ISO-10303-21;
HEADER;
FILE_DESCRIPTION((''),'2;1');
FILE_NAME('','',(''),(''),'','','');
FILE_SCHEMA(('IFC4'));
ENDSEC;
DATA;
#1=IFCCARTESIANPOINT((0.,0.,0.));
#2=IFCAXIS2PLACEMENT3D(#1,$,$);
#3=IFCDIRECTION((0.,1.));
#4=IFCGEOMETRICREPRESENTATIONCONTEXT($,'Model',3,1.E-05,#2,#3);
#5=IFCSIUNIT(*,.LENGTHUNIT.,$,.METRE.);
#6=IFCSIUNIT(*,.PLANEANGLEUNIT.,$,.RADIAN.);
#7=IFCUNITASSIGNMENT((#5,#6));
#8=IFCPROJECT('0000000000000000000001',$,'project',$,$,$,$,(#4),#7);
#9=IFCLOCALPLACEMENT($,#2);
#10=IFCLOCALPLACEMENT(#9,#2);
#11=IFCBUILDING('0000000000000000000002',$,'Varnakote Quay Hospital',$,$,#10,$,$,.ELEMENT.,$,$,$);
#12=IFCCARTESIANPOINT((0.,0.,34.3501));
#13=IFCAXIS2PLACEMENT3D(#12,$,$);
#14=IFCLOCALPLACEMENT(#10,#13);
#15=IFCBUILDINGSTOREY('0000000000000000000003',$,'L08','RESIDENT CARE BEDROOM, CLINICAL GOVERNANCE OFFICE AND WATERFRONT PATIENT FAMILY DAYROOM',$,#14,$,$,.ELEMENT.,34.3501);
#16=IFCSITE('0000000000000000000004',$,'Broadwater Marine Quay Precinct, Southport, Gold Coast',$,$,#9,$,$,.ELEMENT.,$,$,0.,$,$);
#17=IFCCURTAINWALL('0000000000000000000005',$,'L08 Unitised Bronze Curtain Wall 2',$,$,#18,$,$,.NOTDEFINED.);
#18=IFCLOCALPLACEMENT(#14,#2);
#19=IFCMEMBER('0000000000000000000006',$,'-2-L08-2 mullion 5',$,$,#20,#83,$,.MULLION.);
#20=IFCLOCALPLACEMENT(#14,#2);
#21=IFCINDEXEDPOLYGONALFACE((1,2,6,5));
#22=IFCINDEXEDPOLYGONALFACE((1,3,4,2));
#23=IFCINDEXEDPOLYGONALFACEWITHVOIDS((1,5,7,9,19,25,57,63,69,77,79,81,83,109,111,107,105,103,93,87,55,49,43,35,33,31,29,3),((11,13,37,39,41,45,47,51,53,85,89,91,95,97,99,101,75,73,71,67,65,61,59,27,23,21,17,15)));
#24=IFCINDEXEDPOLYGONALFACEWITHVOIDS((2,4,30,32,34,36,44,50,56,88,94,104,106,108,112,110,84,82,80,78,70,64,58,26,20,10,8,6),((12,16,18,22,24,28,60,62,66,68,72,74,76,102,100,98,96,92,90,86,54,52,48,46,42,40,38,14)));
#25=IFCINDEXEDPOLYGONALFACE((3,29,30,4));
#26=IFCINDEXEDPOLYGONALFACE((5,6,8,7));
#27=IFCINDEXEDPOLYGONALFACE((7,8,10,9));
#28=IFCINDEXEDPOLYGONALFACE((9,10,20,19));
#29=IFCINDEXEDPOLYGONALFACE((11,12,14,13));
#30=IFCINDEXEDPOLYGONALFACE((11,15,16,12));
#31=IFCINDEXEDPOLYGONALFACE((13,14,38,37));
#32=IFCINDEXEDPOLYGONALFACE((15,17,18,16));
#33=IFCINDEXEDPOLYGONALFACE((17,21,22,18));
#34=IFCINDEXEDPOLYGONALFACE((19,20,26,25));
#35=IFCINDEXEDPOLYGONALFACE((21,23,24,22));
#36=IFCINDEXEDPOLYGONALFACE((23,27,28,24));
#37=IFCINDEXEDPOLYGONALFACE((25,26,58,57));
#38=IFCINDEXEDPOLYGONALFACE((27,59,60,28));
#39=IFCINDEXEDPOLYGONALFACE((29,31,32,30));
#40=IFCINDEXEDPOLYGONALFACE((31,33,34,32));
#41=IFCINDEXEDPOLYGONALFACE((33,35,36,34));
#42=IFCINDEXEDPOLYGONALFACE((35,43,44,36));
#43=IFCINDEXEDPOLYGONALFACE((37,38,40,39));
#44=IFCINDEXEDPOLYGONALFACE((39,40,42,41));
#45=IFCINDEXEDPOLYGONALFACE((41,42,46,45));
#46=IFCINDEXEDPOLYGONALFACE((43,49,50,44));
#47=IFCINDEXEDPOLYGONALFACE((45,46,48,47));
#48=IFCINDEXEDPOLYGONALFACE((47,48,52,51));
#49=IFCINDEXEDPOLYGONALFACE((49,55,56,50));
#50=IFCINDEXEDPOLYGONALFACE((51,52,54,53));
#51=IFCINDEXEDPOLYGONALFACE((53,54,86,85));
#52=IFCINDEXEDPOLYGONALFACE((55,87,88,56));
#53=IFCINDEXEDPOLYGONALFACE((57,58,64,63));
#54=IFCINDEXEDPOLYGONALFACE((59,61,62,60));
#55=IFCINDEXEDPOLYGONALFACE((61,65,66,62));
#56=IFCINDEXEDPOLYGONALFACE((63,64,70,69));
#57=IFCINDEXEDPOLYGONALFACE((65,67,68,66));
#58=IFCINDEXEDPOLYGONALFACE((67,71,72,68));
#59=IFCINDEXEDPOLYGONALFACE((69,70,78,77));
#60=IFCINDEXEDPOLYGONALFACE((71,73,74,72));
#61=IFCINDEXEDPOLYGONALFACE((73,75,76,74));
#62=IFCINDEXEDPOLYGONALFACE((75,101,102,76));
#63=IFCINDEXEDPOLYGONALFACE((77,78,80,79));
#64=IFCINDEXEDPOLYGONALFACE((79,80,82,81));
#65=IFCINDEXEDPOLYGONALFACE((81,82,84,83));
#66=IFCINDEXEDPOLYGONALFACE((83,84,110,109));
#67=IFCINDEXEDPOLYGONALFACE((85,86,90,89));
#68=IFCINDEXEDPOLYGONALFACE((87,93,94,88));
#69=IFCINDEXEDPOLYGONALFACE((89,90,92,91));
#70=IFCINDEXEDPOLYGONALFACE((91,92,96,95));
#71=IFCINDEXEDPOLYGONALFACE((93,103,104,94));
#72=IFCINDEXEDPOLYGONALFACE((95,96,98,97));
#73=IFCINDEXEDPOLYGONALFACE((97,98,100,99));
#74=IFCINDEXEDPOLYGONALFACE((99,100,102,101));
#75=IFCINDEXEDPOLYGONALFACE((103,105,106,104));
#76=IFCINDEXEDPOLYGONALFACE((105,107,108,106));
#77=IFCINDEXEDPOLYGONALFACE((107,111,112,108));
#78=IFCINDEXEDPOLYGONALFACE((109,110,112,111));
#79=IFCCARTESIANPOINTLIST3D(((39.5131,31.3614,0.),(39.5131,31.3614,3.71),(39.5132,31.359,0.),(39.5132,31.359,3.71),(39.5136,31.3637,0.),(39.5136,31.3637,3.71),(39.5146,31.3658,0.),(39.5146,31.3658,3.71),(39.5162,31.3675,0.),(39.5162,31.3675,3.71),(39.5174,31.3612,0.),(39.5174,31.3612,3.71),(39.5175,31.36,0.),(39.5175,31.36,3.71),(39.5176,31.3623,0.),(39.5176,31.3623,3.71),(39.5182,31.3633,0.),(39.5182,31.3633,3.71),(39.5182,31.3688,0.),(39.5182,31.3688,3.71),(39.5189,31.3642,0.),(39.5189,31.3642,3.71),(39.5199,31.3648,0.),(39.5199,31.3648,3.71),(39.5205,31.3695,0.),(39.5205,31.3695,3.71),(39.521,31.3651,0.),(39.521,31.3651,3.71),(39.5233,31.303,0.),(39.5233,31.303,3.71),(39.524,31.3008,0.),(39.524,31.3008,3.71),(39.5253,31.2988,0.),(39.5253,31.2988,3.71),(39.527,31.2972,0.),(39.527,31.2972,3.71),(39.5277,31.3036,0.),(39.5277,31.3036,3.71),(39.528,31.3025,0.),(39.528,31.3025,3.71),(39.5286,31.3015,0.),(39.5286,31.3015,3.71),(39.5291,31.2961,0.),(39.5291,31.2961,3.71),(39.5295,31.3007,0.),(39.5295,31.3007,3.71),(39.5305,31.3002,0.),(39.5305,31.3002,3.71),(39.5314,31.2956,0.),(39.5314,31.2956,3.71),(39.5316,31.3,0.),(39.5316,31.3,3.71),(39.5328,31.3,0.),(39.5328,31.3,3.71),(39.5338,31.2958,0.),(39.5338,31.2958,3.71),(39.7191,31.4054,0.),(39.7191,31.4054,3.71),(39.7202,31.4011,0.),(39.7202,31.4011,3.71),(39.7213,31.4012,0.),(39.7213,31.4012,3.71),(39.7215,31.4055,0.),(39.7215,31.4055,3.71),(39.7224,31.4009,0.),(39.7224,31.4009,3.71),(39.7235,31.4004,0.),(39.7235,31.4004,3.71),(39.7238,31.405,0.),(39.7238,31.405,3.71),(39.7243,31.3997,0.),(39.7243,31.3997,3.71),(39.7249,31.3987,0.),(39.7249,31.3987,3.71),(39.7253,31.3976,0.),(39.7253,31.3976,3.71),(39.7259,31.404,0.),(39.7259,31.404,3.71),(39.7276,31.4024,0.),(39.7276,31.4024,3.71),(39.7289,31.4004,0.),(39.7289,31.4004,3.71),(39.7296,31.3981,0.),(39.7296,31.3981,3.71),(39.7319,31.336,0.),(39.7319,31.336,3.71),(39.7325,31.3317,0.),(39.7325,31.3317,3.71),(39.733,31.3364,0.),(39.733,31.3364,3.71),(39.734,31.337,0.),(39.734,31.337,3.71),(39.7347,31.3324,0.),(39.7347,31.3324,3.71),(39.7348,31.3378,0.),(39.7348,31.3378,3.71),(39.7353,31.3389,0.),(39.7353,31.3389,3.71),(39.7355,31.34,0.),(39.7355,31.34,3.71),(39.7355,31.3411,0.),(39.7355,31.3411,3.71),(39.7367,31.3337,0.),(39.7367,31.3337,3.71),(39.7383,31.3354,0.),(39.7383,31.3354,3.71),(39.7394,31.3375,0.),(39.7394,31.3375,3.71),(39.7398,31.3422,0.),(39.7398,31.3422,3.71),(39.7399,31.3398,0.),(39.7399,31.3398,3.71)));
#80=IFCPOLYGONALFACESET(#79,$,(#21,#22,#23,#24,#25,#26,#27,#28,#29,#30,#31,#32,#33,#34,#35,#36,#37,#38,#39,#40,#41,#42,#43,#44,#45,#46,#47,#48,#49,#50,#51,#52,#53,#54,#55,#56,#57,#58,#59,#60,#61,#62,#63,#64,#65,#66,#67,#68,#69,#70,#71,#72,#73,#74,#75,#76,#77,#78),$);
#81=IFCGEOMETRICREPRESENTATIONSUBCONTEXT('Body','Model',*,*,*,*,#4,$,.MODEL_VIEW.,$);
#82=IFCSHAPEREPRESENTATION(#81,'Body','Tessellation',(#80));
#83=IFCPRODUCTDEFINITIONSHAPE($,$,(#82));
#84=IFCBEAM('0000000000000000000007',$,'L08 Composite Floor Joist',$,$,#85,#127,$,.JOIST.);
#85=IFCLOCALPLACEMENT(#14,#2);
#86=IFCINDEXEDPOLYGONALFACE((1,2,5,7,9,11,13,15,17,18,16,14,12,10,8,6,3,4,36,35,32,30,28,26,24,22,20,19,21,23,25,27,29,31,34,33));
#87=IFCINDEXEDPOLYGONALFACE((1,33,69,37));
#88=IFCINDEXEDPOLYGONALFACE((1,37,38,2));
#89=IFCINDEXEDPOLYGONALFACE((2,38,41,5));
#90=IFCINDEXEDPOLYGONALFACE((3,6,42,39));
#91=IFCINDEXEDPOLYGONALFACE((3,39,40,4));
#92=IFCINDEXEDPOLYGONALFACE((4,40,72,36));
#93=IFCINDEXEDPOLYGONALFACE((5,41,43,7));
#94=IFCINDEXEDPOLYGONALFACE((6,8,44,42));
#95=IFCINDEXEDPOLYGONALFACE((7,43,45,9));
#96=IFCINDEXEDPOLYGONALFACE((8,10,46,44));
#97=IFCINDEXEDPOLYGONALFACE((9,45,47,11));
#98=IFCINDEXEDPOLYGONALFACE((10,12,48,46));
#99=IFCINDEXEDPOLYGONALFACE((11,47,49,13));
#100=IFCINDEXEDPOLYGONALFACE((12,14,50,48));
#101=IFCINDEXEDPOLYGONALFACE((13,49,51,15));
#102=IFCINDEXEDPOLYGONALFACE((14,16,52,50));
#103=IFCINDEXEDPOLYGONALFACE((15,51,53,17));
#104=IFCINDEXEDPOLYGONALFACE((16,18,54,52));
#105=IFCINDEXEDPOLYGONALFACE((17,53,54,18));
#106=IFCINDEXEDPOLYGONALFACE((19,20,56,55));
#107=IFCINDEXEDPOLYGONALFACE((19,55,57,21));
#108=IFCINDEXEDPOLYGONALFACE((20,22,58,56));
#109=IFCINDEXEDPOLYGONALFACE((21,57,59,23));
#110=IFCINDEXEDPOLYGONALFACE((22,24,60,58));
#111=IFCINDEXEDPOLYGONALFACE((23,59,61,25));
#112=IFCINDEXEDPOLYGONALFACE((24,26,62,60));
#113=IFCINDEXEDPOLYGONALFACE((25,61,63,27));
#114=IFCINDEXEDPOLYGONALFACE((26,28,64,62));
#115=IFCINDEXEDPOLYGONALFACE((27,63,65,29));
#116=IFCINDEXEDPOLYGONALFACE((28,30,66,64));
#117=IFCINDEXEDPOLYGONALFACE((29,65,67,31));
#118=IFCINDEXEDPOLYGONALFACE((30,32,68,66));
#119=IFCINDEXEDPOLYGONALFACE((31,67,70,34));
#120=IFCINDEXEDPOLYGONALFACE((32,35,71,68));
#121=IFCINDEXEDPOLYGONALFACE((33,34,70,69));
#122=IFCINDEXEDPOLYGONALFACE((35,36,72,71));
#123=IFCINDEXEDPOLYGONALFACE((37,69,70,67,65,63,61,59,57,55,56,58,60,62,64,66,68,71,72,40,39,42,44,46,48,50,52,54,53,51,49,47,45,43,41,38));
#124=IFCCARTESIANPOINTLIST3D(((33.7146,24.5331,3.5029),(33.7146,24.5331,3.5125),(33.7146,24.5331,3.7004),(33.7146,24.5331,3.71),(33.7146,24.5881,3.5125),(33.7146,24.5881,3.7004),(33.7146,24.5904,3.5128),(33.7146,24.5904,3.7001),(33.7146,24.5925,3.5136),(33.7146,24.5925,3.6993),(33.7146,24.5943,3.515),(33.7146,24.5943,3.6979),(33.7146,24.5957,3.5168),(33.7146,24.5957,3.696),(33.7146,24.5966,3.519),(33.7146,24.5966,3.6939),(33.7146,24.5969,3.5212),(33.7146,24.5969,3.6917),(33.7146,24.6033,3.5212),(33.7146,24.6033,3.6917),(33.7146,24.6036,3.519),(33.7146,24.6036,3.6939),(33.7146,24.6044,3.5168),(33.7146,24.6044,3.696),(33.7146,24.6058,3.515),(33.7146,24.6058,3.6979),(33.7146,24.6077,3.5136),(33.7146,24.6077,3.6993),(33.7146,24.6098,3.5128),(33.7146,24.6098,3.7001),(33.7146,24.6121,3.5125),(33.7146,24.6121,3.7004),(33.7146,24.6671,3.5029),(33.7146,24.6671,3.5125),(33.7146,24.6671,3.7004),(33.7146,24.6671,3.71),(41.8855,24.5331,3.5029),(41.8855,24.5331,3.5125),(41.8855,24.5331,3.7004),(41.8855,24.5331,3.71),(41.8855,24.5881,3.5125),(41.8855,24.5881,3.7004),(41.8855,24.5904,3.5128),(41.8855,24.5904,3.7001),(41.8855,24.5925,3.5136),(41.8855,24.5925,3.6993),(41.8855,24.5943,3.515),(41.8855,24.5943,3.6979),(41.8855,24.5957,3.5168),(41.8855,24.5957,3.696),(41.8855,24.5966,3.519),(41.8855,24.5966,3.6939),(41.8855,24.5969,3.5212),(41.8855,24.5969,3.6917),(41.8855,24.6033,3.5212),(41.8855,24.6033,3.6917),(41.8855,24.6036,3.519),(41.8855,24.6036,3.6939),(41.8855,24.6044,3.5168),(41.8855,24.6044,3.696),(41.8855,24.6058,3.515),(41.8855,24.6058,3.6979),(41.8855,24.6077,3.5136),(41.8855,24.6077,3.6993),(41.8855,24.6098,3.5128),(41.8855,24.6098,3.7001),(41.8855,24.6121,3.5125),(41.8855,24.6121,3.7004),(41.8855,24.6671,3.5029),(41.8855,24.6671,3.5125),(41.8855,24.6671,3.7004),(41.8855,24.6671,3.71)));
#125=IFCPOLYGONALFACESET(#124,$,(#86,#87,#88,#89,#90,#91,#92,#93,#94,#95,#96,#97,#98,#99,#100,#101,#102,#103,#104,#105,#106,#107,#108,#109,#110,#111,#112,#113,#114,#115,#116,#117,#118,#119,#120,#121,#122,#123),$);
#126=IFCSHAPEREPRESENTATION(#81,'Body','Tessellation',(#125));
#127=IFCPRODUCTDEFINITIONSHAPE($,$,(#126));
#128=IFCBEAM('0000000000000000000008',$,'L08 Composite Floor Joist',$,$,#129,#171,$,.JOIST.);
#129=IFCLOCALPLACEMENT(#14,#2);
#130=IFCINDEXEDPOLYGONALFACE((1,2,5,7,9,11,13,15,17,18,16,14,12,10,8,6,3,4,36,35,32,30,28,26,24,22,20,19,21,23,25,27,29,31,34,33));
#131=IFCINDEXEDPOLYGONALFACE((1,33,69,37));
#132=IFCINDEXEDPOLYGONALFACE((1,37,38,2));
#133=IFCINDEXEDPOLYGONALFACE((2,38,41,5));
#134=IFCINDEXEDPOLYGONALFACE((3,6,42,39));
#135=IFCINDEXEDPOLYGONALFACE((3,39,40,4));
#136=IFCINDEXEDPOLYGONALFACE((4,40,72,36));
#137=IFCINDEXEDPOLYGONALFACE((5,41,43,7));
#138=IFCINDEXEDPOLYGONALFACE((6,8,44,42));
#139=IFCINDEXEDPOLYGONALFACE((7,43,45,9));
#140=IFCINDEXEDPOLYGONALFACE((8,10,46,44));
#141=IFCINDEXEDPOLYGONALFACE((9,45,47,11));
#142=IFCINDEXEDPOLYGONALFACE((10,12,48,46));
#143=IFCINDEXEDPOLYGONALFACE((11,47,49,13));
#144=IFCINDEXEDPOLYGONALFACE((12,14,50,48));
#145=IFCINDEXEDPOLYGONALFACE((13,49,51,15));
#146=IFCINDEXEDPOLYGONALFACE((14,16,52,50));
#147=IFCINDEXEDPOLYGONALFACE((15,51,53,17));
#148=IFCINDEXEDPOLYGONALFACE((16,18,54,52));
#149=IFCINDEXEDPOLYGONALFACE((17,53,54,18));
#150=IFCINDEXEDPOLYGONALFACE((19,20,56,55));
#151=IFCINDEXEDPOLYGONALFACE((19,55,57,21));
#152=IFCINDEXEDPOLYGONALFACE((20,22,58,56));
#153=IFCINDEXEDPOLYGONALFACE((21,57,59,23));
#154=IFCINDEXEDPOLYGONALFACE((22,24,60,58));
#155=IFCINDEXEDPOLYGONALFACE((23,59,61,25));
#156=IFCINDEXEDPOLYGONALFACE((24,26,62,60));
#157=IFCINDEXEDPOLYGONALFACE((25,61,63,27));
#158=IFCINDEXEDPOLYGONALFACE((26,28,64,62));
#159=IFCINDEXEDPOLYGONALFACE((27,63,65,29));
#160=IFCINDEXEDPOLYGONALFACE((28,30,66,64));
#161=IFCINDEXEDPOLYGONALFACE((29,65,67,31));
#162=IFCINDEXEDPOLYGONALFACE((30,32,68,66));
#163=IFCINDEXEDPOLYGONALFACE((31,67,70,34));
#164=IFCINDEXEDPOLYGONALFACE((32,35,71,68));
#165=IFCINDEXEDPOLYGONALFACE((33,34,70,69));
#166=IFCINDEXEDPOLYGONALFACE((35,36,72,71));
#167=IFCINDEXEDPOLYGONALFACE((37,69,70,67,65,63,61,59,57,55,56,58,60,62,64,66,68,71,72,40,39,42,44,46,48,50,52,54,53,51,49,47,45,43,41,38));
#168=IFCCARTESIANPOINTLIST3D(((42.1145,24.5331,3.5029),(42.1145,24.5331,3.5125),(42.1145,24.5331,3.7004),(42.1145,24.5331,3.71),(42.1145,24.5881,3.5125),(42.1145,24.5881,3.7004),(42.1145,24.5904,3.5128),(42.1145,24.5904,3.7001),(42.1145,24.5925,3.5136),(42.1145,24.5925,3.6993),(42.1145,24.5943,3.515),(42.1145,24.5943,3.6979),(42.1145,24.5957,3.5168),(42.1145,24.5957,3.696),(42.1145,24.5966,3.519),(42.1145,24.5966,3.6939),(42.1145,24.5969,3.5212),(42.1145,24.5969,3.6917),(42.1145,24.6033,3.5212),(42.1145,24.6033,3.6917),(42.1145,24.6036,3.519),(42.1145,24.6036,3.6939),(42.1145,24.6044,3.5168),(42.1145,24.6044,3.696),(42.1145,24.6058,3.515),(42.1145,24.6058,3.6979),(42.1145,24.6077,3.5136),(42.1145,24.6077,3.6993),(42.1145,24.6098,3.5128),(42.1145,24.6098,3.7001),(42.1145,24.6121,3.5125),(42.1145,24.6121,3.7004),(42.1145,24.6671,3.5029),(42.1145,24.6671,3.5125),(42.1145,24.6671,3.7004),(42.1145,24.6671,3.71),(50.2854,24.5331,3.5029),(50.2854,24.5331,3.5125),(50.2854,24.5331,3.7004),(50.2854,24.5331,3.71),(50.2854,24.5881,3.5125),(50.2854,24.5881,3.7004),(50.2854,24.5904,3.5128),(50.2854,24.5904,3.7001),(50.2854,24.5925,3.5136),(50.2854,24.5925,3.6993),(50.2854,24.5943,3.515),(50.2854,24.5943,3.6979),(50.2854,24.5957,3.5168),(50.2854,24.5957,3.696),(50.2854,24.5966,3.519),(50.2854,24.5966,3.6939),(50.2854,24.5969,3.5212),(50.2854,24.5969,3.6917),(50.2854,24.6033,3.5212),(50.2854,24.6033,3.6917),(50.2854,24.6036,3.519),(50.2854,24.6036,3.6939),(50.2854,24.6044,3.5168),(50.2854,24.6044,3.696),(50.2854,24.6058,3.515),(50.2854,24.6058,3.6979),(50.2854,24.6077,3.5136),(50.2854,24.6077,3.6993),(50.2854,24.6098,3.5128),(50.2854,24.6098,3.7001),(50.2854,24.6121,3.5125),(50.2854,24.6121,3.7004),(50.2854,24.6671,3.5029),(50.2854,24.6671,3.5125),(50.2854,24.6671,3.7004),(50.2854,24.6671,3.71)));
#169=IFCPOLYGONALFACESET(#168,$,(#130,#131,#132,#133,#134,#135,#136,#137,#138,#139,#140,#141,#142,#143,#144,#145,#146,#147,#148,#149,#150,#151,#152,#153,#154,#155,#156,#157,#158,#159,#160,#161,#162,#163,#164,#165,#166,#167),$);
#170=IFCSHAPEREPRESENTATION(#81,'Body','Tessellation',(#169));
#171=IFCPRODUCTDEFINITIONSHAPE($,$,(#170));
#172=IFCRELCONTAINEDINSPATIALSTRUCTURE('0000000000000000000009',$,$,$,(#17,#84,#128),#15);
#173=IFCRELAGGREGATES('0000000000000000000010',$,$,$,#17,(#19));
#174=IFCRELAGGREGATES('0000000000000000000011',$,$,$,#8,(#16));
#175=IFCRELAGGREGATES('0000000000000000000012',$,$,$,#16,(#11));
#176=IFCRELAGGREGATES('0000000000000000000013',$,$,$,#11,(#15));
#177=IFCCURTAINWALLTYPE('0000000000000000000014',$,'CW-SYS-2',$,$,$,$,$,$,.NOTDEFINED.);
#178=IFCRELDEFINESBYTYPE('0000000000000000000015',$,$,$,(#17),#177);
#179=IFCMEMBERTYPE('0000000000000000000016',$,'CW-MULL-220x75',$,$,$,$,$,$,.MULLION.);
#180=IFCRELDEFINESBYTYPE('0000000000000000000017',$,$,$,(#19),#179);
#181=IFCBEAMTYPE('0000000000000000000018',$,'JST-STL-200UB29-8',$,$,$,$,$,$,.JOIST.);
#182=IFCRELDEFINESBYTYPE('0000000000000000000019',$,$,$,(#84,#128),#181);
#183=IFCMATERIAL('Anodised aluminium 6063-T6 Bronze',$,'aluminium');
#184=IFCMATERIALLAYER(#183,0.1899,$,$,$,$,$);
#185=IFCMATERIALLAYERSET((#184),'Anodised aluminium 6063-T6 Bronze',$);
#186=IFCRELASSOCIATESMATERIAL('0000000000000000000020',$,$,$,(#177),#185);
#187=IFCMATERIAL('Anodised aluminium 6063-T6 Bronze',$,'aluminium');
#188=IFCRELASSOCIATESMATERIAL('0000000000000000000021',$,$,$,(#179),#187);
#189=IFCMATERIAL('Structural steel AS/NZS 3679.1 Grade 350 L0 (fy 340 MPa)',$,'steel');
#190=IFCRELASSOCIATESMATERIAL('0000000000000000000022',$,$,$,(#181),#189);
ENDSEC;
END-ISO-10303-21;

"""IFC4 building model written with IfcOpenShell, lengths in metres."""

from ifc_helpers import new_model, si_unit, direction, frame, origin, origin_2d, place, context, subcontext, project, spatial, hollow_rectangle, i_section, extrude, material, layer, layer_set, material_profile, profile_set, type_object, element, aggregate, save


model = new_model("IFC4")

# Units and contexts
model_context = context("Model", 3, precision=1e-05, world=origin(), true_north=direction((0.0, 1.0)))
body_context = subcontext(model_context, "Body", "Model", "MODEL_VIEW")
ifc_project = project(units=[si_unit("LENGTHUNIT", "METRE"), si_unit("PLANEANGLEUNIT", "RADIAN")], contexts=[model_context])

# Site, building, storey
site_placement = place(None, origin())
site = spatial("IfcSite", under=ifc_project, at=site_placement, Name="Broadwater Marine Quay Precinct, Southport, Gold Coast", CompositionType="ELEMENT", RefElevation=0.0)
building_placement = place(site_placement, origin())
building = spatial("IfcBuilding", under=site, at=building_placement, Name="Varnakote Quay Hospital", CompositionType="ELEMENT")
storey_placement = place(building_placement, frame((0.0, 0.0, 34.3501)))
storey = spatial("IfcBuildingStorey", under=building, at=storey_placement, Name="L08", Description="RESIDENT CARE BEDROOM, CLINICAL GOVERNANCE OFFICE AND WATERFRONT PATIENT FAMILY DAYROOM", CompositionType="ELEMENT", Elevation=34.3501)

# Curtain wall, member
ifc_material_1 = material(Name="Anodised aluminium 6063-T6 Bronze", Category="aluminium")
ifc_layer_1 = layer(ifc_material_1, 0.1899)
ifc_layer_set_1 = layer_set([ifc_layer_1], Name="Anodised aluminium 6063-T6 Bronze")
curtain_wall_type = type_object("IfcCurtainWallType", Name="CW-SYS-2", PredefinedType="NOTDEFINED", material=ifc_layer_set_1)
curtain_wall_placement = place(storey_placement, origin())
curtain_wall = element("IfcCurtainWall", 1, at=curtain_wall_placement, inside=storey, type_object=curtain_wall_type, Name="L08 Unitised Bronze Curtain Wall 2", PredefinedType="NOTDEFINED")
ifc_material_2 = material(Name="Anodised aluminium 6063-T6 Bronze", Category="aluminium")
ifc_material_profile_1 = material_profile(ifc_material_2, hollow_rectangle(XDim=0.075, YDim=0.22, WallThickness=0.0044, InnerFilletRadius=0.0044, OuterFilletRadius=0.009, at=origin_2d()), Name="CW-MULL-220x75")
ifc_profile_set_1 = profile_set([ifc_material_profile_1], Name="Anodised aluminium 6063-T6 Bronze")
member_type = type_object("IfcMemberType", Name="CW-MULL-220x75", PredefinedType="MULLION", material=ifc_profile_set_1)
member_placement = place(storey_placement, frame((39.6265, 31.3506, 0.0), z_axis=(0.0, 0.0, 1.0), x_axis=(0.177846, -0.984058, 0.0)))
member = element("IfcMember", 2, at=member_placement, type_object=member_type, Name="-2-L08-2 mullion 5", PredefinedType="MULLION", context=body_context, shape_type="SweptSolid", body=[
    extrude(hollow_rectangle(XDim=0.075, YDim=0.22, WallThickness=0.0044, InnerFilletRadius=0.0044, OuterFilletRadius=0.009, at=origin_2d()), origin(), (0.0, 0.0, 1.0), 3.71),
])

# Beams
ifc_material_3 = material(Name="Structural steel AS/NZS 3679.1 Grade 350 L0 (fy 340 MPa)", Category="steel")
ifc_material_profile_2 = material_profile(ifc_material_3, i_section(OverallWidth=0.134, OverallDepth=0.207, WebThickness=0.0063, FlangeThickness=0.0095, FilletRadius=0.0088, at=origin_2d()), Name="200UB29.8")
ifc_profile_set_2 = profile_set([ifc_material_profile_2], Name="Structural steel AS/NZS 3679.1 Grade 350 L0 (fy 340 MPa)")
beam_type_1 = type_object("IfcBeamType", Name="JST-STL-200UB29-8", PredefinedType="JOIST", material=ifc_profile_set_2)
for number, where, z_axis, x_axis, name in (
    (3, (33.7146, 24.6001, 3.6064), (1.0, 0.0, 0.0), (0.0, 1.0, 0.0), "L08 Composite Floor Joist"),
    (4, (42.1145, 24.6001, 3.6064), (1.0, 0.0, 0.0), (0.0, 1.0, 0.0), "L08 Composite Floor Joist"),
):
    element("IfcBeam", number, at=place(storey_placement, frame(where, z_axis=z_axis, x_axis=x_axis)), inside=storey, type_object=beam_type_1, Name=name, PredefinedType="JOIST", context=body_context, shape_type="SweptSolid", body=[
        extrude(i_section(OverallWidth=0.134, OverallDepth=0.207, WebThickness=0.0063, FlangeThickness=0.0095, FilletRadius=0.0088, at=origin_2d()), origin(), (0.0, 0.0, 1.0), 8.1709),
    ])

aggregate(curtain_wall, [member])

save(model, "model.ifc")
